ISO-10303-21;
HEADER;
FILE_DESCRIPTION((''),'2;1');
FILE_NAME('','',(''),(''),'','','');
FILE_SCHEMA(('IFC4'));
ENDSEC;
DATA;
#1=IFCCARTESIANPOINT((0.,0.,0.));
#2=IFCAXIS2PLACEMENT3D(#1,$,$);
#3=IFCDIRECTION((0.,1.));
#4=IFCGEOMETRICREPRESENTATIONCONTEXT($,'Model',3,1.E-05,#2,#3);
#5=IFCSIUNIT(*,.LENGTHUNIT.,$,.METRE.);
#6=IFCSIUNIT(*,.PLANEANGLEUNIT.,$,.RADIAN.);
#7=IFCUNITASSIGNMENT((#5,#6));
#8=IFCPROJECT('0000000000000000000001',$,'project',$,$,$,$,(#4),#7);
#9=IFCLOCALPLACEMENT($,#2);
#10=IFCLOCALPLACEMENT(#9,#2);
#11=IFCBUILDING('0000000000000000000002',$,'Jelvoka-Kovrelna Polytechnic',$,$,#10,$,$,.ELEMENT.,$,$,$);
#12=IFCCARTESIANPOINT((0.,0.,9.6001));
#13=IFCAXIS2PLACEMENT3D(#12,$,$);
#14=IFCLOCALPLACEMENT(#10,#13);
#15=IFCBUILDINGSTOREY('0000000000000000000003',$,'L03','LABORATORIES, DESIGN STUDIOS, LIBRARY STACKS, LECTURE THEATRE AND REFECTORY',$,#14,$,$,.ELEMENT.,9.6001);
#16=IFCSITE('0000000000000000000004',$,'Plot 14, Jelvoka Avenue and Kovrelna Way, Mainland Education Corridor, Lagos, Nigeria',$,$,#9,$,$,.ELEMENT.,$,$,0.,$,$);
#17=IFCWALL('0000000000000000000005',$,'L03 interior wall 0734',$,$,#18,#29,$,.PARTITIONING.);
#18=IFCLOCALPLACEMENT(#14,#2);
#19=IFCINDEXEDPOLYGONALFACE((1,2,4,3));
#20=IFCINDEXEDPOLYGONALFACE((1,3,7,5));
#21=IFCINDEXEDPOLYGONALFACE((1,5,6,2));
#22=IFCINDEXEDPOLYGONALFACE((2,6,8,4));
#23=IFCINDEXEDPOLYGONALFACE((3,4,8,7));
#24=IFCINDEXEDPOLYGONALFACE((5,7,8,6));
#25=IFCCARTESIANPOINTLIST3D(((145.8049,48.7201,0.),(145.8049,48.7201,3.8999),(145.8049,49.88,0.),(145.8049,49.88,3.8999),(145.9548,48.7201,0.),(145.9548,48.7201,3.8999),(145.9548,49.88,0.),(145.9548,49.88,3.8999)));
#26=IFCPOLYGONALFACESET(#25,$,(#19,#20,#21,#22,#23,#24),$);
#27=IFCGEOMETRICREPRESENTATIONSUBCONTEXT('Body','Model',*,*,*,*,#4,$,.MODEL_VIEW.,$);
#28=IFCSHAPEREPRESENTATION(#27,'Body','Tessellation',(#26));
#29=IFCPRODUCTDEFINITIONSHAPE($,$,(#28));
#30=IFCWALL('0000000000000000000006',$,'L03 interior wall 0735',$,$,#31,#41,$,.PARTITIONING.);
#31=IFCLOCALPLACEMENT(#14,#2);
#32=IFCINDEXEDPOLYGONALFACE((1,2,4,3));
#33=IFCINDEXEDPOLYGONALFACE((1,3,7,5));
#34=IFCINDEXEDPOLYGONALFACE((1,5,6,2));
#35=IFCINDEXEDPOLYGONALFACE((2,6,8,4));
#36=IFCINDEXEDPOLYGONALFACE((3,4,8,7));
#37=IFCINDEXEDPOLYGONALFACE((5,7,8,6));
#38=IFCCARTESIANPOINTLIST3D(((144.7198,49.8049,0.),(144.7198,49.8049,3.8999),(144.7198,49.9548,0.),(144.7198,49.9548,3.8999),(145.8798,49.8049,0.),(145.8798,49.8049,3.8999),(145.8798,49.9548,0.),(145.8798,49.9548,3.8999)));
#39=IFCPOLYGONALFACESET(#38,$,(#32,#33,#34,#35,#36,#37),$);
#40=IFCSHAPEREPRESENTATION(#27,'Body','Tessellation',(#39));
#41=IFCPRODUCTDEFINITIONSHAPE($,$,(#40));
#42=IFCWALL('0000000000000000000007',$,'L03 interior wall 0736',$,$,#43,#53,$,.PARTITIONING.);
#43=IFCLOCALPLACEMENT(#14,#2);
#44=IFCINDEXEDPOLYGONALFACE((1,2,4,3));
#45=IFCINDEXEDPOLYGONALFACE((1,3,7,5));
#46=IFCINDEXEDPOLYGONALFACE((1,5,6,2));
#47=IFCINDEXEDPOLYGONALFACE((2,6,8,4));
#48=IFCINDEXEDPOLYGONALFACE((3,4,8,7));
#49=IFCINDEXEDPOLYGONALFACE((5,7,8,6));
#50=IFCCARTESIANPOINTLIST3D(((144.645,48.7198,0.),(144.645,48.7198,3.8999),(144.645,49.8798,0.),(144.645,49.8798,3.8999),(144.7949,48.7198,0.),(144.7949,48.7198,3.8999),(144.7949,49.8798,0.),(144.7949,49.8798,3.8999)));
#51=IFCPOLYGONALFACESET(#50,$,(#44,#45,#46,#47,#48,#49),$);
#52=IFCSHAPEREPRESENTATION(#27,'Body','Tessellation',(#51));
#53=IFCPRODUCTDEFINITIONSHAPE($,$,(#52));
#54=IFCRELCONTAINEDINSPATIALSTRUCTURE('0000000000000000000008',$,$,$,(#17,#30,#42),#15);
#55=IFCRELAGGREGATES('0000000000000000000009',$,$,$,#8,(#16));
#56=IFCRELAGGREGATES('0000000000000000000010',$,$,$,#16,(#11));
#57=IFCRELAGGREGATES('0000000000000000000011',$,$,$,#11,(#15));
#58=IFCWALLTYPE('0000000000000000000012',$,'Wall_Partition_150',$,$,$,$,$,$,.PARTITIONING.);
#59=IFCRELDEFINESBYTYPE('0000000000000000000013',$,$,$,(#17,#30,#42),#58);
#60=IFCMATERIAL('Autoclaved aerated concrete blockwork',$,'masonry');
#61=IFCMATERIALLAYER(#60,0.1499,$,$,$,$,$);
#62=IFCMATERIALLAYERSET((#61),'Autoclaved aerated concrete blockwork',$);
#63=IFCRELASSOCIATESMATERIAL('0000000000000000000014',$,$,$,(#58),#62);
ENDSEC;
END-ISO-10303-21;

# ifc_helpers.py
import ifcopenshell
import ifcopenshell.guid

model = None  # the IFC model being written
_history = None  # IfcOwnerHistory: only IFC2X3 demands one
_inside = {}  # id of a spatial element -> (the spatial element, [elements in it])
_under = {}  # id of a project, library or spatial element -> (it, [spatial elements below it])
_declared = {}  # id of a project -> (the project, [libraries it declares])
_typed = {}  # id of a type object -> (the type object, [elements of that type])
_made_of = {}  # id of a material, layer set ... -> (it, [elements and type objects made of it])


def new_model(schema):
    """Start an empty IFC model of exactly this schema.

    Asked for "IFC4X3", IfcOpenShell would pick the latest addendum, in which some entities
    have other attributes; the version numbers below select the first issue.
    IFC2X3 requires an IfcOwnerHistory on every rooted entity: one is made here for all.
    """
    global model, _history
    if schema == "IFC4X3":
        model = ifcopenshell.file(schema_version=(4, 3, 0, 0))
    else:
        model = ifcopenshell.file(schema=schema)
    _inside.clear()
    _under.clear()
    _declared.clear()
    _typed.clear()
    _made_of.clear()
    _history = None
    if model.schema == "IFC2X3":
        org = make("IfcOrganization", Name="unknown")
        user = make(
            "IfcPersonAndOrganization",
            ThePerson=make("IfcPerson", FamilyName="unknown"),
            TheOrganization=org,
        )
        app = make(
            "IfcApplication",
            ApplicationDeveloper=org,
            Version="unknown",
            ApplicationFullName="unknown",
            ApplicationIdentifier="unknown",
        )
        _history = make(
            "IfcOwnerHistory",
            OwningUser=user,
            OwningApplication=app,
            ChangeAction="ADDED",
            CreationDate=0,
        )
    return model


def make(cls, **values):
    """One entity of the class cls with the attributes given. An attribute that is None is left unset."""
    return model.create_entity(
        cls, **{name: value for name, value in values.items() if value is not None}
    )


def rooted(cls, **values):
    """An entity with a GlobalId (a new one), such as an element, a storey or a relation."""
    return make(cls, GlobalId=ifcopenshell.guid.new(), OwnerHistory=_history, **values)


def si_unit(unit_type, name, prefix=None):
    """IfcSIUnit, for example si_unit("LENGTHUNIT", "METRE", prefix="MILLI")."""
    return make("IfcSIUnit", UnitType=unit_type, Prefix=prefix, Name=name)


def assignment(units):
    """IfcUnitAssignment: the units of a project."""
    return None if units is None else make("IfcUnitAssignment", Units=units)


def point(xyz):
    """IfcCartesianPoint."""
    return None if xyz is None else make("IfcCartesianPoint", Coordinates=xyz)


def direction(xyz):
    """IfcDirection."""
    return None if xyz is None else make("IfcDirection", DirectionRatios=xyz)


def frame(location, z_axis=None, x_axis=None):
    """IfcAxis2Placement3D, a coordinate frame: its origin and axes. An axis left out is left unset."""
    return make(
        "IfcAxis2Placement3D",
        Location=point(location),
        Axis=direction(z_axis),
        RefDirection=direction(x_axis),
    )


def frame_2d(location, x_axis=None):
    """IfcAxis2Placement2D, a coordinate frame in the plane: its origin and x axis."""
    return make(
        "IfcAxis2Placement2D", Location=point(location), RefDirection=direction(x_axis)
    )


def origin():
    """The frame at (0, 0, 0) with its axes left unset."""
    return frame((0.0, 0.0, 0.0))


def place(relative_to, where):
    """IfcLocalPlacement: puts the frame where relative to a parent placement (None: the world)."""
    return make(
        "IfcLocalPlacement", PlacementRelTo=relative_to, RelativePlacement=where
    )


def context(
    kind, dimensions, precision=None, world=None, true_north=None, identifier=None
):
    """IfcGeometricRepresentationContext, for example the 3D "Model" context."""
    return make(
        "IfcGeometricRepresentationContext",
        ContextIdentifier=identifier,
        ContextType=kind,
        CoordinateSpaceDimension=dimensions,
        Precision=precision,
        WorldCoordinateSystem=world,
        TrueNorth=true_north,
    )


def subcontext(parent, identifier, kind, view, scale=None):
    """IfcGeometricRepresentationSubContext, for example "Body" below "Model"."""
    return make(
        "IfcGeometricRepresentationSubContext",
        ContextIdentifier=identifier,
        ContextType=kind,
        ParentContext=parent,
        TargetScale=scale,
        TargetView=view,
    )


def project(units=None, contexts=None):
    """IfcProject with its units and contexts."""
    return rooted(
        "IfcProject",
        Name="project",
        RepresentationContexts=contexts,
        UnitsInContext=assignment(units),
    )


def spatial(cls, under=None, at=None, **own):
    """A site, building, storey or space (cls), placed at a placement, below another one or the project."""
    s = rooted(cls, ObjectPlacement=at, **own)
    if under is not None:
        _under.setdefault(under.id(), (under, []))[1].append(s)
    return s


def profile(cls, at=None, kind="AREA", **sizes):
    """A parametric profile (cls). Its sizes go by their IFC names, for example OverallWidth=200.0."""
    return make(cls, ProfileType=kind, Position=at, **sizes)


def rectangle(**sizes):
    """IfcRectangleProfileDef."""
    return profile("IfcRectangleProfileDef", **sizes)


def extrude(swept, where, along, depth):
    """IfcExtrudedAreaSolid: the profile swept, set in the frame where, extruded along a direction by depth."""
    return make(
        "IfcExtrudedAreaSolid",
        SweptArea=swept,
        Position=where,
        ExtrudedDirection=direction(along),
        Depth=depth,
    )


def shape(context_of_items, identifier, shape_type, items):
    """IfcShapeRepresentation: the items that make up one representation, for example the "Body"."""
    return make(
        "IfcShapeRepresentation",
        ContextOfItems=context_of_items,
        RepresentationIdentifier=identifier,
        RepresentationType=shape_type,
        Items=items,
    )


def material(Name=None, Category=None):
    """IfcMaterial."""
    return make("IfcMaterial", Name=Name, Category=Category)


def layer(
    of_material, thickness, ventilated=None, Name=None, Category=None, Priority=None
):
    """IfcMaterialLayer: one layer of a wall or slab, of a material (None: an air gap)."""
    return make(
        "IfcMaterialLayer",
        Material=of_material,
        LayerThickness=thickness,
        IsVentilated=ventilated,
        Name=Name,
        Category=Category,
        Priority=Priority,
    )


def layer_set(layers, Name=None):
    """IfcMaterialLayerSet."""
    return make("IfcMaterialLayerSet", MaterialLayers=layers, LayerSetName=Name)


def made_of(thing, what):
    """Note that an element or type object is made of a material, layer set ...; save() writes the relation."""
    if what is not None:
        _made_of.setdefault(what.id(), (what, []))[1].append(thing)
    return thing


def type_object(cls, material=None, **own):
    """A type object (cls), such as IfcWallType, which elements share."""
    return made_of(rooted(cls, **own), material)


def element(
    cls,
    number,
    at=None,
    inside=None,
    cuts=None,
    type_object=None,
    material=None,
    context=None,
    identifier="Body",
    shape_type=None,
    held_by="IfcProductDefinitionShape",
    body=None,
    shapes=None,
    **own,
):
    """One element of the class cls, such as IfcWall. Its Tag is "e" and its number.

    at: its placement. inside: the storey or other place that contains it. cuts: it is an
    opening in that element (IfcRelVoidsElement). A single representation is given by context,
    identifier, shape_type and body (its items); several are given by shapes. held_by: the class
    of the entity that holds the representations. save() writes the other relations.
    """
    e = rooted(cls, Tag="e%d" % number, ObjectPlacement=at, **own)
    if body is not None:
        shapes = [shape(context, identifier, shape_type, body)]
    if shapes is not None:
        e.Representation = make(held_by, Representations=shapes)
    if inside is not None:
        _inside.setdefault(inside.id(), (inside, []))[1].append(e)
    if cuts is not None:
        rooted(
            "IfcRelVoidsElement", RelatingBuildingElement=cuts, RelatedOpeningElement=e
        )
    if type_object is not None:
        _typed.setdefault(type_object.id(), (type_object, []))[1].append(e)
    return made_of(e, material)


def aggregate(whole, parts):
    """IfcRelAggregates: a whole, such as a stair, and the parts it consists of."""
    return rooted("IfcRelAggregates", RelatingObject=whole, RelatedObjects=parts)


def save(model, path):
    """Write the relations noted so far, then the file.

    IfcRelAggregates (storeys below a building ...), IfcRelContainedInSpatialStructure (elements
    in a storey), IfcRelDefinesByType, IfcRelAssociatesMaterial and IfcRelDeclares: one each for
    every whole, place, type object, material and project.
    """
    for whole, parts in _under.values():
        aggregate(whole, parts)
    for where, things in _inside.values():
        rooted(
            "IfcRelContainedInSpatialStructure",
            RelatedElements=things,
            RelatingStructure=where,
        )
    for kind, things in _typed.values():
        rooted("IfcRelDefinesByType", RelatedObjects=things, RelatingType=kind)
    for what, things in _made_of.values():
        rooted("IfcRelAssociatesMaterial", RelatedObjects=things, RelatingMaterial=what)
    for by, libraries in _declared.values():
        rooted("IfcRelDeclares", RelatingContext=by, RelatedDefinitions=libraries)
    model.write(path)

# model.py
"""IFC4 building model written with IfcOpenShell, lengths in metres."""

from ifc_helpers import new_model, si_unit, direction, frame, frame_2d, origin, place, context, subcontext, project, spatial, rectangle, extrude, material, layer, layer_set, type_object, element, save


model = new_model("IFC4")

# Units and contexts
model_context = context("Model", 3, precision=1e-05, world=origin(), true_north=direction((0.0, 1.0)))
body_context = subcontext(model_context, "Body", "Model", "MODEL_VIEW")
ifc_project = project(units=[si_unit("LENGTHUNIT", "METRE"), si_unit("PLANEANGLEUNIT", "RADIAN")], contexts=[model_context])

# Site, building, storey
site_placement = place(None, origin())
site = spatial("IfcSite", under=ifc_project, at=site_placement, Name="Plot 14, Jelvoka Avenue and Kovrelna Way, Mainland Education Corridor, Lagos, Nigeria", CompositionType="ELEMENT", RefElevation=0.0)
building_placement = place(site_placement, origin())
building = spatial("IfcBuilding", under=site, at=building_placement, Name="Jelvoka-Kovrelna Polytechnic", CompositionType="ELEMENT")
storey_placement = place(building_placement, frame((0.0, 0.0, 9.6001)))
storey = spatial("IfcBuildingStorey", under=building, at=storey_placement, Name="L03", Description="LABORATORIES, DESIGN STUDIOS, LIBRARY STACKS, LECTURE THEATRE AND REFECTORY", CompositionType="ELEMENT", Elevation=9.6001)

# Walls
ifc_material_1 = material(Name="Autoclaved aerated concrete blockwork", Category="masonry")
ifc_layer_1 = layer(ifc_material_1, 0.1499)
ifc_layer_set_1 = layer_set([ifc_layer_1], Name="Autoclaved aerated concrete blockwork")
wall_type_1 = type_object("IfcWallType", Name="Wall_Partition_150", PredefinedType="PARTITIONING", material=ifc_layer_set_1)
for number, where, z_axis, x_axis, name in (
    (1, (145.8799, 48.72, 0.0), (0.0, 0.0, 1.0), (0.0, 1.0, 0.0), "L03 interior wall 0734"),
    (2, (145.8799, 49.8799, 0.0), (0.0, 0.0, 1.0), (-1.0, 0.0, 0.0), "L03 interior wall 0735"),
    (3, (144.72, 49.8799, 0.0), (0.0, 0.0, 1.0), (0.0, -1.0, 0.0), "L03 interior wall 0736"),
):
    element("IfcWall", number, at=place(storey_placement, frame(where, z_axis=z_axis, x_axis=x_axis)), inside=storey, type_object=wall_type_1, Name=name, PredefinedType="PARTITIONING", context=body_context, shape_type="SweptSolid", body=[
        extrude(rectangle(XDim=1.1599, YDim=0.1499, at=frame_2d((0.5801, 0.0))), origin(), (0.0, 0.0, 1.0), 3.8999),
    ])

save(model, "model.ifc")
